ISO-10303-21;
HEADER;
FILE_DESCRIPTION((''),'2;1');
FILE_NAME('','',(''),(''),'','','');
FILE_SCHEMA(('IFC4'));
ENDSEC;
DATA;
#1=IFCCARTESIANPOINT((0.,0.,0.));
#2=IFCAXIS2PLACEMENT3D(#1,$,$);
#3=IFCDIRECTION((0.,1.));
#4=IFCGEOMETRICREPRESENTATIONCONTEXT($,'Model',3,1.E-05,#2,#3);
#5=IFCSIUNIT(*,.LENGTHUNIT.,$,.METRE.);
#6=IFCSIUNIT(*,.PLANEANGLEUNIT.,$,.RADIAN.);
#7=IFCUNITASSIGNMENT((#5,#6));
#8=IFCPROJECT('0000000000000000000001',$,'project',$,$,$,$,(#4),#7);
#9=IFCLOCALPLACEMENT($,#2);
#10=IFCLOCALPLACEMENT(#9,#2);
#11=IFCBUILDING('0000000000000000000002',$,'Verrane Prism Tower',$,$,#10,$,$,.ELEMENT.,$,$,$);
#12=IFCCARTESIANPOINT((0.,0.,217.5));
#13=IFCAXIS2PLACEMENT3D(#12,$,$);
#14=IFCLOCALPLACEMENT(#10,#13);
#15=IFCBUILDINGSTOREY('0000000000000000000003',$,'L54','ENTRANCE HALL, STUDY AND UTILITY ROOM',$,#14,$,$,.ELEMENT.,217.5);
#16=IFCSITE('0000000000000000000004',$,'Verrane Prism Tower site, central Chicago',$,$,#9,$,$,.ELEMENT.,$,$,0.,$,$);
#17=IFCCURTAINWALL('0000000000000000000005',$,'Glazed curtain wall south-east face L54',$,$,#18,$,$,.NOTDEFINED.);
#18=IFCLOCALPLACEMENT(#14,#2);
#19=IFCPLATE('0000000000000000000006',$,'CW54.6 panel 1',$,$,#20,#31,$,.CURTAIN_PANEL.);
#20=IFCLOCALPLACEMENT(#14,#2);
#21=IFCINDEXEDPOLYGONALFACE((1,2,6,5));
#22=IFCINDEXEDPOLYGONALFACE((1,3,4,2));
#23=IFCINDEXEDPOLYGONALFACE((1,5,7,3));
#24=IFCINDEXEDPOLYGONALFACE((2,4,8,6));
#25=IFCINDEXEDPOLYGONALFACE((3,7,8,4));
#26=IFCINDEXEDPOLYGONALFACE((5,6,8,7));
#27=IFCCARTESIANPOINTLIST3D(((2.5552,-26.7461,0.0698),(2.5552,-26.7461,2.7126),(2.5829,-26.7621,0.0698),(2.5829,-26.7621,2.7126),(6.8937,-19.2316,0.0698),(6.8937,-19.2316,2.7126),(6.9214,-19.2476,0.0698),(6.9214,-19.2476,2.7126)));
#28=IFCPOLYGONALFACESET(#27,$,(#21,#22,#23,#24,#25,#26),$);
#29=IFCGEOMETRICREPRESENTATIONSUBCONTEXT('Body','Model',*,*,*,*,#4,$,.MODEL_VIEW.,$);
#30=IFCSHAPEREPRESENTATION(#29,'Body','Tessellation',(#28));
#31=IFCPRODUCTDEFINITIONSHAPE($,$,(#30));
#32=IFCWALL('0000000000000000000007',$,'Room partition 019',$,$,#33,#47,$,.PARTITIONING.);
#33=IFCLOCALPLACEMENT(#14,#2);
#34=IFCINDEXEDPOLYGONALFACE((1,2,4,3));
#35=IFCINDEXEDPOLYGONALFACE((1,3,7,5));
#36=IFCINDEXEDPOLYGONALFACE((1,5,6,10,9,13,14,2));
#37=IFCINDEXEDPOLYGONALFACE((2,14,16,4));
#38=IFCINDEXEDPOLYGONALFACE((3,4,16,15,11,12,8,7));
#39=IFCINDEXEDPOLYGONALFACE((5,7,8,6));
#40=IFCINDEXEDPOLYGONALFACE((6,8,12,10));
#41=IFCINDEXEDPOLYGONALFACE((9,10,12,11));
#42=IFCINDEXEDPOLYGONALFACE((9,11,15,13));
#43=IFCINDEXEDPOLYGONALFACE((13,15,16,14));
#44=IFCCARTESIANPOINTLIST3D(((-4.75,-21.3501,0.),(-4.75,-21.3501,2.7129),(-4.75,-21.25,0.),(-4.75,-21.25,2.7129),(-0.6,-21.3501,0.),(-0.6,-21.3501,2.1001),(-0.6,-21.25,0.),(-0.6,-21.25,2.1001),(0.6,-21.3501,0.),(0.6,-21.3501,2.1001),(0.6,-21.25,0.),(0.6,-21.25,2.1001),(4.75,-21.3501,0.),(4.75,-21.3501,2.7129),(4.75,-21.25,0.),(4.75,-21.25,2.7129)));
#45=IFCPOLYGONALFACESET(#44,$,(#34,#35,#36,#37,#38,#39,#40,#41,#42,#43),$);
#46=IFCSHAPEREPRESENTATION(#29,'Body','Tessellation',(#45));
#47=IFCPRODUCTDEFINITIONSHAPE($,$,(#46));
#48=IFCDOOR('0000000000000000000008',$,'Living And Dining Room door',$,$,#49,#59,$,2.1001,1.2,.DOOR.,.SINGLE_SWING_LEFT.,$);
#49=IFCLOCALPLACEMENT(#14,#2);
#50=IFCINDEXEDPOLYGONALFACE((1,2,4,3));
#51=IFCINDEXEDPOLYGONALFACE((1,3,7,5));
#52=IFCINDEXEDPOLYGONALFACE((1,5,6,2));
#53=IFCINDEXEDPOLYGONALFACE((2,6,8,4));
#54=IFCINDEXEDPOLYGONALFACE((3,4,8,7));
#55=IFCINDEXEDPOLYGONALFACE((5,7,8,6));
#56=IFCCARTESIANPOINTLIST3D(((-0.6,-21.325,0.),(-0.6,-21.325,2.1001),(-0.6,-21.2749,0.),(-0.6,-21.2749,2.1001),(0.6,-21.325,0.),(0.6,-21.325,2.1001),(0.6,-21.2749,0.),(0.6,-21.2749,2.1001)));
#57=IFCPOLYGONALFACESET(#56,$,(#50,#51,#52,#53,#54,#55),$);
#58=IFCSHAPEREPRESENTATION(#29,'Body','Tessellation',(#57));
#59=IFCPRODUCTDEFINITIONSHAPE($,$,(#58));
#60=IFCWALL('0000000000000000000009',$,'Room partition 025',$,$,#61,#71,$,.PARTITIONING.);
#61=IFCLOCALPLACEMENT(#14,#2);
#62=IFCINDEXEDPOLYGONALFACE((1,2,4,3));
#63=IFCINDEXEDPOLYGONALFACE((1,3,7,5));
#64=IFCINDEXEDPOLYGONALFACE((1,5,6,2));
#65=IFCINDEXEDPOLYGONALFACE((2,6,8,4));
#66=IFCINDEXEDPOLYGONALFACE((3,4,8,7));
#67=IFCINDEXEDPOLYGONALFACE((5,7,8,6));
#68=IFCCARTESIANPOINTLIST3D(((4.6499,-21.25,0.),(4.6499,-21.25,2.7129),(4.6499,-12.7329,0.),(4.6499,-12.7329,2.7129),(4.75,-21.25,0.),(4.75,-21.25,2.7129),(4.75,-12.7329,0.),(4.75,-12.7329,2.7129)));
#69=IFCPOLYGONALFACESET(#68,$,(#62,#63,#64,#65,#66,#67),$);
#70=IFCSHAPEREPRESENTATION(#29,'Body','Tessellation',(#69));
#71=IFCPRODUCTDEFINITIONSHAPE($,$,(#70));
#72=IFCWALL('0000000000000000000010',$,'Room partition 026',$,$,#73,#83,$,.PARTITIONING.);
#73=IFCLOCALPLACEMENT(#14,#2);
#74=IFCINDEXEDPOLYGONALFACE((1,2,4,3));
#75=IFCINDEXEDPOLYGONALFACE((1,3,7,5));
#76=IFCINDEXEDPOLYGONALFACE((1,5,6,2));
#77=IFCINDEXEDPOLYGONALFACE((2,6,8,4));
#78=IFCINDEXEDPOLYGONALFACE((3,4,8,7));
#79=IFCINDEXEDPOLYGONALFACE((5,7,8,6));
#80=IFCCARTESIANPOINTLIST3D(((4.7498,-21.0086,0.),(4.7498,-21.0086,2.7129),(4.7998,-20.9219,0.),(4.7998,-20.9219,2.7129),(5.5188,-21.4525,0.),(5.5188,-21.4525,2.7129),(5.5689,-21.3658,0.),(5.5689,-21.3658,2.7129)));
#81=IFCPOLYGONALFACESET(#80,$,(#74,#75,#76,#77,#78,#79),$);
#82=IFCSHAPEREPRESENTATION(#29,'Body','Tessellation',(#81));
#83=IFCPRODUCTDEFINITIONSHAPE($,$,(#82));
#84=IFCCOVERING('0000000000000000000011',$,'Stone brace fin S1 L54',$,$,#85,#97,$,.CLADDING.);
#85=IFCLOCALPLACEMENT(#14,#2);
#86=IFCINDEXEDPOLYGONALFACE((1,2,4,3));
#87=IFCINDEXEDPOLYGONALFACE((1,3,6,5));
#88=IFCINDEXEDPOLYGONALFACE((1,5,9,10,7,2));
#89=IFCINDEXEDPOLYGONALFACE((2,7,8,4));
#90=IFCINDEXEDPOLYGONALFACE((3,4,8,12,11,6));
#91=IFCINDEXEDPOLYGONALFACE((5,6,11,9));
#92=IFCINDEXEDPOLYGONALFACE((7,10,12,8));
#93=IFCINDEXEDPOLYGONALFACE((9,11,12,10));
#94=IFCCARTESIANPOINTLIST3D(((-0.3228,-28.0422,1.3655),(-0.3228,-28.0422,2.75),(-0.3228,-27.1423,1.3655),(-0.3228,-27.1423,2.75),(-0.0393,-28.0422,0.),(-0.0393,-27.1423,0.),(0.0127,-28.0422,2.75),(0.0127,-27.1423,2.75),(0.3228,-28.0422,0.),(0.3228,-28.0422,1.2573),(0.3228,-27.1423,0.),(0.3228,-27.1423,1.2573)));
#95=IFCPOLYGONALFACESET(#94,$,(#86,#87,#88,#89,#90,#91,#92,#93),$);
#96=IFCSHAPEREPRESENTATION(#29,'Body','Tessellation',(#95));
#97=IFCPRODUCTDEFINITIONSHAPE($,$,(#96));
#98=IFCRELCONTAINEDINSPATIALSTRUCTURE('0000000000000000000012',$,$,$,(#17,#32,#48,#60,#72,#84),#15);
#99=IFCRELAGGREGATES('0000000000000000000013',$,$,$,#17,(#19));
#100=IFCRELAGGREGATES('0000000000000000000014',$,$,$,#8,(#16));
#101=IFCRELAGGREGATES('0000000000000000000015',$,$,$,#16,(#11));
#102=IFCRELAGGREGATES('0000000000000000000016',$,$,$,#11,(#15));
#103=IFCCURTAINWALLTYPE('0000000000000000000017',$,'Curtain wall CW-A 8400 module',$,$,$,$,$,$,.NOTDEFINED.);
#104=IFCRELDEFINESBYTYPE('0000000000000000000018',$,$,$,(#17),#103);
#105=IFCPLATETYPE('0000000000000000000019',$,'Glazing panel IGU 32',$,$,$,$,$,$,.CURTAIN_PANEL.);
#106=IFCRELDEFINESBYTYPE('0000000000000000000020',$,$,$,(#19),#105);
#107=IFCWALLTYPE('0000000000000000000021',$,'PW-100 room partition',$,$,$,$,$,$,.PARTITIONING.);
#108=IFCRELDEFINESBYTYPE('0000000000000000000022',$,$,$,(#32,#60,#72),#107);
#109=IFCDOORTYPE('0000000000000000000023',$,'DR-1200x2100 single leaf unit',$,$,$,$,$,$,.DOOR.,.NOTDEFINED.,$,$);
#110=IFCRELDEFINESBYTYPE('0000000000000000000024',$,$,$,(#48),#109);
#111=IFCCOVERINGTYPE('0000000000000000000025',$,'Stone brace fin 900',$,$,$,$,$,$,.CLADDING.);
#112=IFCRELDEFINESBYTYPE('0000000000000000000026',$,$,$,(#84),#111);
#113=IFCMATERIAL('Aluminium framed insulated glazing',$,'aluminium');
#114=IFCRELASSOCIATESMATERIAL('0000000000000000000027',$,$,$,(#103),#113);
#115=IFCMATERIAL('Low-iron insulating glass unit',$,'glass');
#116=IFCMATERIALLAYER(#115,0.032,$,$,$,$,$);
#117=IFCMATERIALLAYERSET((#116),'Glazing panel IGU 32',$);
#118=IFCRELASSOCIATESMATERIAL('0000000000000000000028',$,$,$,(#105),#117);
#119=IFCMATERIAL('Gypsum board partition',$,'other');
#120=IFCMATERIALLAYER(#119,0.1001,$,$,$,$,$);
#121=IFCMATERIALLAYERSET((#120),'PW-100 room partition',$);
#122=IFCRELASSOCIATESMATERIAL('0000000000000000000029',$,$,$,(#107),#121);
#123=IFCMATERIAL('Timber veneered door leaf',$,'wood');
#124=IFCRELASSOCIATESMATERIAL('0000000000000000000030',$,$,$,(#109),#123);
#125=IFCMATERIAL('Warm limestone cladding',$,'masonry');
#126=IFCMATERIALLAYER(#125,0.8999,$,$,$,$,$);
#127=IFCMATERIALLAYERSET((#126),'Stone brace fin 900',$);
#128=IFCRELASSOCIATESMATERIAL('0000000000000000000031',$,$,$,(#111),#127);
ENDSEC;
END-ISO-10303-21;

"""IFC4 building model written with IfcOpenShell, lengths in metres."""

from ifc_helpers import new_model, si_unit, direction, frame, frame_2d, origin, origin_2d, place, context, subcontext, project, spatial, polyline, rectangle, outline, extrude, material, layer, layer_set, type_object, element, fill, aggregate, save


model = new_model("IFC4")

# Units and contexts
model_context = context("Model", 3, precision=1e-05, world=origin(), true_north=direction((0.0, 1.0)))
body_context = subcontext(model_context, "Body", "Model", "MODEL_VIEW")
ifc_project = project(units=[si_unit("LENGTHUNIT", "METRE"), si_unit("PLANEANGLEUNIT", "RADIAN")], contexts=[model_context])

# Site, building, storey
site_placement = place(None, origin())
site = spatial("IfcSite", under=ifc_project, at=site_placement, Name="Verrane Prism Tower site, central Chicago", CompositionType="ELEMENT", RefElevation=0.0)
building_placement = place(site_placement, origin())
building = spatial("IfcBuilding", under=site, at=building_placement, Name="Verrane Prism Tower", CompositionType="ELEMENT")
storey_placement = place(building_placement, frame((0.0, 0.0, 217.5)))
storey = spatial("IfcBuildingStorey", under=building, at=storey_placement, Name="L54", Description="ENTRANCE HALL, STUDY AND UTILITY ROOM", CompositionType="ELEMENT", Elevation=217.5)

# Curtain wall
ifc_material_1 = material(Name="Aluminium framed insulated glazing", Category="aluminium")
curtain_wall_type = type_object("IfcCurtainWallType", Name="Curtain wall CW-A 8400 module", PredefinedType="NOTDEFINED", material=ifc_material_1)
curtain_wall_1_placement = place(storey_placement, origin())
curtain_wall_1 = element("IfcCurtainWall", 1, at=curtain_wall_1_placement, inside=storey, type_object=curtain_wall_type, Name="Glazed curtain wall south-east face L54", PredefinedType="NOTDEFINED")

# Shared definitions
ifc_material_2 = material(Name="Low-iron insulating glass unit", Category="glass")
ifc_layer_1 = layer(ifc_material_2, 0.032)
ifc_layer_set_1 = layer_set([ifc_layer_1], Name="Glazing panel IGU 32")
plate_type = type_object("IfcPlateType", Name="Glazing panel IGU 32", PredefinedType="CURTAIN_PANEL", material=ifc_layer_set_1)

# Plate
plate_1_placement = place(storey_placement, frame((4.7383, -22.9968, 0.0698), z_axis=(0.0, 0.0, 1.0), x_axis=(0.500001, 0.866025, 0.0)))
plate_1 = element("IfcPlate", 2, at=plate_1_placement, type_object=plate_type, Name="CW54.6 panel 1", PredefinedType="CURTAIN_PANEL", context=body_context, shape_type="SweptSolid", body=[
    extrude(rectangle(XDim=8.677, YDim=0.032, at=origin_2d()), origin(), (0.0, 0.0, 1.0), 2.6428),
])
aggregate(curtain_wall_1, [plate_1])

# Wall, opening, door
ifc_material_3 = material(Name="Gypsum board partition", Category="other")
ifc_layer_2 = layer(ifc_material_3, 0.1001)
ifc_layer_set_2 = layer_set([ifc_layer_2], Name="PW-100 room partition")
wall_type = type_object("IfcWallType", Name="PW-100 room partition", PredefinedType="PARTITIONING", material=ifc_layer_set_2)
wall_1_placement = place(storey_placement, frame((4.75, -21.3, 0.0), z_axis=(0.0, 0.0, 1.0), x_axis=(-1.0, 0.0, 0.0)))
wall_1 = element("IfcWall", 3, at=wall_1_placement, inside=storey, type_object=wall_type, Name="Room partition 019", PredefinedType="PARTITIONING", context=body_context, shape_type="SweptSolid", body=[
    extrude(rectangle(XDim=9.5, YDim=0.1001, at=frame_2d((4.75, 0.0))), origin(), (0.0, 0.0, 1.0), 2.7129),
])
opening_placement = place(wall_1_placement, frame((4.1499, 0.0, 0.0)))
opening = element("IfcOpeningElement", 4, at=opening_placement, cuts=wall_1, PredefinedType="OPENING", context=body_context, shape_type="SweptSolid", body=[
    extrude(rectangle(XDim=1.2, YDim=2.1001, at=frame_2d((0.6001, 1.05))), frame((0.0, 0.0601, 0.0), z_axis=(0.0, -1.0, 0.0), x_axis=(1.0, 0.0, 0.0)), (0.0, 0.0, 1.0), 0.1201),
])
ifc_material_4 = material(Name="Timber veneered door leaf", Category="wood")
door_type = type_object("IfcDoorType", Name="DR-1200x2100 single leaf unit", OperationType="NOTDEFINED", PredefinedType="DOOR", material=ifc_material_4)
door_placement = place(opening_placement, origin())
door = element("IfcDoor", 5, at=door_placement, inside=storey, type_object=door_type, Name="Living And Dining Room door", OperationType="SINGLE_SWING_LEFT", OverallHeight=2.1001, OverallWidth=1.2, PredefinedType="DOOR", context=body_context, shape_type="SweptSolid", body=[
    extrude(rectangle(XDim=1.2, YDim=2.1001, at=frame_2d((0.6001, 1.05))), frame((0.0, 0.0249, 0.0), z_axis=(0.0, -1.0, 0.0), x_axis=(1.0, 0.0, 0.0)), (0.0, 0.0, 1.0), 0.05),
])
fill(opening, door)

# Walls
wall_2_placement = place(storey_placement, frame((4.7, -21.25, 0.0), z_axis=(0.0, 0.0, 1.0), x_axis=(0.0, 1.0, 0.0)))
element("IfcWall", 6, at=wall_2_placement, inside=storey, type_object=wall_type, Name="Room partition 025", PredefinedType="PARTITIONING", context=body_context, shape_type="SweptSolid", body=[
    extrude(rectangle(XDim=8.5171, YDim=0.1001, at=frame_2d((4.2585, 0.0))), origin(), (0.0, 0.0, 1.0), 2.7129),
])
wall_3_placement = place(storey_placement, frame((4.7749, -20.9653, 0.0), z_axis=(0.0, 0.0, 1.0), x_axis=(0.866103, -0.499865, 0.0)))
element("IfcWall", 7, at=wall_3_placement, inside=storey, type_object=wall_type, Name="Room partition 026", PredefinedType="PARTITIONING", context=body_context, shape_type="SweptSolid", body=[
    extrude(rectangle(XDim=0.8879, YDim=0.1001, at=frame_2d((0.4438, 0.0))), origin(), (0.0, 0.0, 1.0), 2.7129),
])

# Covering
ifc_material_5 = material(Name="Warm limestone cladding", Category="masonry")
ifc_layer_3 = layer(ifc_material_5, 0.8999)
ifc_layer_set_3 = layer_set([ifc_layer_3], Name="Stone brace fin 900")
covering_type = type_object("IfcCoveringType", Name="Stone brace fin 900", PredefinedType="CLADDING", material=ifc_layer_set_3)
covering_placement = place(storey_placement, frame((0.3228, -27.5923, 0.0), z_axis=(0.0, 0.0, 1.0), x_axis=(-1.0, 0.0, 0.0)))
element("IfcCovering", 8, at=covering_placement, inside=storey, type_object=covering_type, Name="Stone brace fin S1 L54", PredefinedType="CLADDING", context=body_context, shape_type="SweptSolid", body=[
    extrude(outline(polyline([(0.6455, 2.75), (0.3101, 2.75), (0.0, 1.2573), (0.0, 0.0), (0.3621, 0.0), (0.6455, 1.3655), (0.6455, 2.75)])), frame((0.0, 0.45, 0.0), z_axis=(0.0, -1.0, 0.0), x_axis=(1.0, 0.0, 0.0)), (0.0, 0.0, 1.0), 0.8999),
])

save(model, "model.ifc")
